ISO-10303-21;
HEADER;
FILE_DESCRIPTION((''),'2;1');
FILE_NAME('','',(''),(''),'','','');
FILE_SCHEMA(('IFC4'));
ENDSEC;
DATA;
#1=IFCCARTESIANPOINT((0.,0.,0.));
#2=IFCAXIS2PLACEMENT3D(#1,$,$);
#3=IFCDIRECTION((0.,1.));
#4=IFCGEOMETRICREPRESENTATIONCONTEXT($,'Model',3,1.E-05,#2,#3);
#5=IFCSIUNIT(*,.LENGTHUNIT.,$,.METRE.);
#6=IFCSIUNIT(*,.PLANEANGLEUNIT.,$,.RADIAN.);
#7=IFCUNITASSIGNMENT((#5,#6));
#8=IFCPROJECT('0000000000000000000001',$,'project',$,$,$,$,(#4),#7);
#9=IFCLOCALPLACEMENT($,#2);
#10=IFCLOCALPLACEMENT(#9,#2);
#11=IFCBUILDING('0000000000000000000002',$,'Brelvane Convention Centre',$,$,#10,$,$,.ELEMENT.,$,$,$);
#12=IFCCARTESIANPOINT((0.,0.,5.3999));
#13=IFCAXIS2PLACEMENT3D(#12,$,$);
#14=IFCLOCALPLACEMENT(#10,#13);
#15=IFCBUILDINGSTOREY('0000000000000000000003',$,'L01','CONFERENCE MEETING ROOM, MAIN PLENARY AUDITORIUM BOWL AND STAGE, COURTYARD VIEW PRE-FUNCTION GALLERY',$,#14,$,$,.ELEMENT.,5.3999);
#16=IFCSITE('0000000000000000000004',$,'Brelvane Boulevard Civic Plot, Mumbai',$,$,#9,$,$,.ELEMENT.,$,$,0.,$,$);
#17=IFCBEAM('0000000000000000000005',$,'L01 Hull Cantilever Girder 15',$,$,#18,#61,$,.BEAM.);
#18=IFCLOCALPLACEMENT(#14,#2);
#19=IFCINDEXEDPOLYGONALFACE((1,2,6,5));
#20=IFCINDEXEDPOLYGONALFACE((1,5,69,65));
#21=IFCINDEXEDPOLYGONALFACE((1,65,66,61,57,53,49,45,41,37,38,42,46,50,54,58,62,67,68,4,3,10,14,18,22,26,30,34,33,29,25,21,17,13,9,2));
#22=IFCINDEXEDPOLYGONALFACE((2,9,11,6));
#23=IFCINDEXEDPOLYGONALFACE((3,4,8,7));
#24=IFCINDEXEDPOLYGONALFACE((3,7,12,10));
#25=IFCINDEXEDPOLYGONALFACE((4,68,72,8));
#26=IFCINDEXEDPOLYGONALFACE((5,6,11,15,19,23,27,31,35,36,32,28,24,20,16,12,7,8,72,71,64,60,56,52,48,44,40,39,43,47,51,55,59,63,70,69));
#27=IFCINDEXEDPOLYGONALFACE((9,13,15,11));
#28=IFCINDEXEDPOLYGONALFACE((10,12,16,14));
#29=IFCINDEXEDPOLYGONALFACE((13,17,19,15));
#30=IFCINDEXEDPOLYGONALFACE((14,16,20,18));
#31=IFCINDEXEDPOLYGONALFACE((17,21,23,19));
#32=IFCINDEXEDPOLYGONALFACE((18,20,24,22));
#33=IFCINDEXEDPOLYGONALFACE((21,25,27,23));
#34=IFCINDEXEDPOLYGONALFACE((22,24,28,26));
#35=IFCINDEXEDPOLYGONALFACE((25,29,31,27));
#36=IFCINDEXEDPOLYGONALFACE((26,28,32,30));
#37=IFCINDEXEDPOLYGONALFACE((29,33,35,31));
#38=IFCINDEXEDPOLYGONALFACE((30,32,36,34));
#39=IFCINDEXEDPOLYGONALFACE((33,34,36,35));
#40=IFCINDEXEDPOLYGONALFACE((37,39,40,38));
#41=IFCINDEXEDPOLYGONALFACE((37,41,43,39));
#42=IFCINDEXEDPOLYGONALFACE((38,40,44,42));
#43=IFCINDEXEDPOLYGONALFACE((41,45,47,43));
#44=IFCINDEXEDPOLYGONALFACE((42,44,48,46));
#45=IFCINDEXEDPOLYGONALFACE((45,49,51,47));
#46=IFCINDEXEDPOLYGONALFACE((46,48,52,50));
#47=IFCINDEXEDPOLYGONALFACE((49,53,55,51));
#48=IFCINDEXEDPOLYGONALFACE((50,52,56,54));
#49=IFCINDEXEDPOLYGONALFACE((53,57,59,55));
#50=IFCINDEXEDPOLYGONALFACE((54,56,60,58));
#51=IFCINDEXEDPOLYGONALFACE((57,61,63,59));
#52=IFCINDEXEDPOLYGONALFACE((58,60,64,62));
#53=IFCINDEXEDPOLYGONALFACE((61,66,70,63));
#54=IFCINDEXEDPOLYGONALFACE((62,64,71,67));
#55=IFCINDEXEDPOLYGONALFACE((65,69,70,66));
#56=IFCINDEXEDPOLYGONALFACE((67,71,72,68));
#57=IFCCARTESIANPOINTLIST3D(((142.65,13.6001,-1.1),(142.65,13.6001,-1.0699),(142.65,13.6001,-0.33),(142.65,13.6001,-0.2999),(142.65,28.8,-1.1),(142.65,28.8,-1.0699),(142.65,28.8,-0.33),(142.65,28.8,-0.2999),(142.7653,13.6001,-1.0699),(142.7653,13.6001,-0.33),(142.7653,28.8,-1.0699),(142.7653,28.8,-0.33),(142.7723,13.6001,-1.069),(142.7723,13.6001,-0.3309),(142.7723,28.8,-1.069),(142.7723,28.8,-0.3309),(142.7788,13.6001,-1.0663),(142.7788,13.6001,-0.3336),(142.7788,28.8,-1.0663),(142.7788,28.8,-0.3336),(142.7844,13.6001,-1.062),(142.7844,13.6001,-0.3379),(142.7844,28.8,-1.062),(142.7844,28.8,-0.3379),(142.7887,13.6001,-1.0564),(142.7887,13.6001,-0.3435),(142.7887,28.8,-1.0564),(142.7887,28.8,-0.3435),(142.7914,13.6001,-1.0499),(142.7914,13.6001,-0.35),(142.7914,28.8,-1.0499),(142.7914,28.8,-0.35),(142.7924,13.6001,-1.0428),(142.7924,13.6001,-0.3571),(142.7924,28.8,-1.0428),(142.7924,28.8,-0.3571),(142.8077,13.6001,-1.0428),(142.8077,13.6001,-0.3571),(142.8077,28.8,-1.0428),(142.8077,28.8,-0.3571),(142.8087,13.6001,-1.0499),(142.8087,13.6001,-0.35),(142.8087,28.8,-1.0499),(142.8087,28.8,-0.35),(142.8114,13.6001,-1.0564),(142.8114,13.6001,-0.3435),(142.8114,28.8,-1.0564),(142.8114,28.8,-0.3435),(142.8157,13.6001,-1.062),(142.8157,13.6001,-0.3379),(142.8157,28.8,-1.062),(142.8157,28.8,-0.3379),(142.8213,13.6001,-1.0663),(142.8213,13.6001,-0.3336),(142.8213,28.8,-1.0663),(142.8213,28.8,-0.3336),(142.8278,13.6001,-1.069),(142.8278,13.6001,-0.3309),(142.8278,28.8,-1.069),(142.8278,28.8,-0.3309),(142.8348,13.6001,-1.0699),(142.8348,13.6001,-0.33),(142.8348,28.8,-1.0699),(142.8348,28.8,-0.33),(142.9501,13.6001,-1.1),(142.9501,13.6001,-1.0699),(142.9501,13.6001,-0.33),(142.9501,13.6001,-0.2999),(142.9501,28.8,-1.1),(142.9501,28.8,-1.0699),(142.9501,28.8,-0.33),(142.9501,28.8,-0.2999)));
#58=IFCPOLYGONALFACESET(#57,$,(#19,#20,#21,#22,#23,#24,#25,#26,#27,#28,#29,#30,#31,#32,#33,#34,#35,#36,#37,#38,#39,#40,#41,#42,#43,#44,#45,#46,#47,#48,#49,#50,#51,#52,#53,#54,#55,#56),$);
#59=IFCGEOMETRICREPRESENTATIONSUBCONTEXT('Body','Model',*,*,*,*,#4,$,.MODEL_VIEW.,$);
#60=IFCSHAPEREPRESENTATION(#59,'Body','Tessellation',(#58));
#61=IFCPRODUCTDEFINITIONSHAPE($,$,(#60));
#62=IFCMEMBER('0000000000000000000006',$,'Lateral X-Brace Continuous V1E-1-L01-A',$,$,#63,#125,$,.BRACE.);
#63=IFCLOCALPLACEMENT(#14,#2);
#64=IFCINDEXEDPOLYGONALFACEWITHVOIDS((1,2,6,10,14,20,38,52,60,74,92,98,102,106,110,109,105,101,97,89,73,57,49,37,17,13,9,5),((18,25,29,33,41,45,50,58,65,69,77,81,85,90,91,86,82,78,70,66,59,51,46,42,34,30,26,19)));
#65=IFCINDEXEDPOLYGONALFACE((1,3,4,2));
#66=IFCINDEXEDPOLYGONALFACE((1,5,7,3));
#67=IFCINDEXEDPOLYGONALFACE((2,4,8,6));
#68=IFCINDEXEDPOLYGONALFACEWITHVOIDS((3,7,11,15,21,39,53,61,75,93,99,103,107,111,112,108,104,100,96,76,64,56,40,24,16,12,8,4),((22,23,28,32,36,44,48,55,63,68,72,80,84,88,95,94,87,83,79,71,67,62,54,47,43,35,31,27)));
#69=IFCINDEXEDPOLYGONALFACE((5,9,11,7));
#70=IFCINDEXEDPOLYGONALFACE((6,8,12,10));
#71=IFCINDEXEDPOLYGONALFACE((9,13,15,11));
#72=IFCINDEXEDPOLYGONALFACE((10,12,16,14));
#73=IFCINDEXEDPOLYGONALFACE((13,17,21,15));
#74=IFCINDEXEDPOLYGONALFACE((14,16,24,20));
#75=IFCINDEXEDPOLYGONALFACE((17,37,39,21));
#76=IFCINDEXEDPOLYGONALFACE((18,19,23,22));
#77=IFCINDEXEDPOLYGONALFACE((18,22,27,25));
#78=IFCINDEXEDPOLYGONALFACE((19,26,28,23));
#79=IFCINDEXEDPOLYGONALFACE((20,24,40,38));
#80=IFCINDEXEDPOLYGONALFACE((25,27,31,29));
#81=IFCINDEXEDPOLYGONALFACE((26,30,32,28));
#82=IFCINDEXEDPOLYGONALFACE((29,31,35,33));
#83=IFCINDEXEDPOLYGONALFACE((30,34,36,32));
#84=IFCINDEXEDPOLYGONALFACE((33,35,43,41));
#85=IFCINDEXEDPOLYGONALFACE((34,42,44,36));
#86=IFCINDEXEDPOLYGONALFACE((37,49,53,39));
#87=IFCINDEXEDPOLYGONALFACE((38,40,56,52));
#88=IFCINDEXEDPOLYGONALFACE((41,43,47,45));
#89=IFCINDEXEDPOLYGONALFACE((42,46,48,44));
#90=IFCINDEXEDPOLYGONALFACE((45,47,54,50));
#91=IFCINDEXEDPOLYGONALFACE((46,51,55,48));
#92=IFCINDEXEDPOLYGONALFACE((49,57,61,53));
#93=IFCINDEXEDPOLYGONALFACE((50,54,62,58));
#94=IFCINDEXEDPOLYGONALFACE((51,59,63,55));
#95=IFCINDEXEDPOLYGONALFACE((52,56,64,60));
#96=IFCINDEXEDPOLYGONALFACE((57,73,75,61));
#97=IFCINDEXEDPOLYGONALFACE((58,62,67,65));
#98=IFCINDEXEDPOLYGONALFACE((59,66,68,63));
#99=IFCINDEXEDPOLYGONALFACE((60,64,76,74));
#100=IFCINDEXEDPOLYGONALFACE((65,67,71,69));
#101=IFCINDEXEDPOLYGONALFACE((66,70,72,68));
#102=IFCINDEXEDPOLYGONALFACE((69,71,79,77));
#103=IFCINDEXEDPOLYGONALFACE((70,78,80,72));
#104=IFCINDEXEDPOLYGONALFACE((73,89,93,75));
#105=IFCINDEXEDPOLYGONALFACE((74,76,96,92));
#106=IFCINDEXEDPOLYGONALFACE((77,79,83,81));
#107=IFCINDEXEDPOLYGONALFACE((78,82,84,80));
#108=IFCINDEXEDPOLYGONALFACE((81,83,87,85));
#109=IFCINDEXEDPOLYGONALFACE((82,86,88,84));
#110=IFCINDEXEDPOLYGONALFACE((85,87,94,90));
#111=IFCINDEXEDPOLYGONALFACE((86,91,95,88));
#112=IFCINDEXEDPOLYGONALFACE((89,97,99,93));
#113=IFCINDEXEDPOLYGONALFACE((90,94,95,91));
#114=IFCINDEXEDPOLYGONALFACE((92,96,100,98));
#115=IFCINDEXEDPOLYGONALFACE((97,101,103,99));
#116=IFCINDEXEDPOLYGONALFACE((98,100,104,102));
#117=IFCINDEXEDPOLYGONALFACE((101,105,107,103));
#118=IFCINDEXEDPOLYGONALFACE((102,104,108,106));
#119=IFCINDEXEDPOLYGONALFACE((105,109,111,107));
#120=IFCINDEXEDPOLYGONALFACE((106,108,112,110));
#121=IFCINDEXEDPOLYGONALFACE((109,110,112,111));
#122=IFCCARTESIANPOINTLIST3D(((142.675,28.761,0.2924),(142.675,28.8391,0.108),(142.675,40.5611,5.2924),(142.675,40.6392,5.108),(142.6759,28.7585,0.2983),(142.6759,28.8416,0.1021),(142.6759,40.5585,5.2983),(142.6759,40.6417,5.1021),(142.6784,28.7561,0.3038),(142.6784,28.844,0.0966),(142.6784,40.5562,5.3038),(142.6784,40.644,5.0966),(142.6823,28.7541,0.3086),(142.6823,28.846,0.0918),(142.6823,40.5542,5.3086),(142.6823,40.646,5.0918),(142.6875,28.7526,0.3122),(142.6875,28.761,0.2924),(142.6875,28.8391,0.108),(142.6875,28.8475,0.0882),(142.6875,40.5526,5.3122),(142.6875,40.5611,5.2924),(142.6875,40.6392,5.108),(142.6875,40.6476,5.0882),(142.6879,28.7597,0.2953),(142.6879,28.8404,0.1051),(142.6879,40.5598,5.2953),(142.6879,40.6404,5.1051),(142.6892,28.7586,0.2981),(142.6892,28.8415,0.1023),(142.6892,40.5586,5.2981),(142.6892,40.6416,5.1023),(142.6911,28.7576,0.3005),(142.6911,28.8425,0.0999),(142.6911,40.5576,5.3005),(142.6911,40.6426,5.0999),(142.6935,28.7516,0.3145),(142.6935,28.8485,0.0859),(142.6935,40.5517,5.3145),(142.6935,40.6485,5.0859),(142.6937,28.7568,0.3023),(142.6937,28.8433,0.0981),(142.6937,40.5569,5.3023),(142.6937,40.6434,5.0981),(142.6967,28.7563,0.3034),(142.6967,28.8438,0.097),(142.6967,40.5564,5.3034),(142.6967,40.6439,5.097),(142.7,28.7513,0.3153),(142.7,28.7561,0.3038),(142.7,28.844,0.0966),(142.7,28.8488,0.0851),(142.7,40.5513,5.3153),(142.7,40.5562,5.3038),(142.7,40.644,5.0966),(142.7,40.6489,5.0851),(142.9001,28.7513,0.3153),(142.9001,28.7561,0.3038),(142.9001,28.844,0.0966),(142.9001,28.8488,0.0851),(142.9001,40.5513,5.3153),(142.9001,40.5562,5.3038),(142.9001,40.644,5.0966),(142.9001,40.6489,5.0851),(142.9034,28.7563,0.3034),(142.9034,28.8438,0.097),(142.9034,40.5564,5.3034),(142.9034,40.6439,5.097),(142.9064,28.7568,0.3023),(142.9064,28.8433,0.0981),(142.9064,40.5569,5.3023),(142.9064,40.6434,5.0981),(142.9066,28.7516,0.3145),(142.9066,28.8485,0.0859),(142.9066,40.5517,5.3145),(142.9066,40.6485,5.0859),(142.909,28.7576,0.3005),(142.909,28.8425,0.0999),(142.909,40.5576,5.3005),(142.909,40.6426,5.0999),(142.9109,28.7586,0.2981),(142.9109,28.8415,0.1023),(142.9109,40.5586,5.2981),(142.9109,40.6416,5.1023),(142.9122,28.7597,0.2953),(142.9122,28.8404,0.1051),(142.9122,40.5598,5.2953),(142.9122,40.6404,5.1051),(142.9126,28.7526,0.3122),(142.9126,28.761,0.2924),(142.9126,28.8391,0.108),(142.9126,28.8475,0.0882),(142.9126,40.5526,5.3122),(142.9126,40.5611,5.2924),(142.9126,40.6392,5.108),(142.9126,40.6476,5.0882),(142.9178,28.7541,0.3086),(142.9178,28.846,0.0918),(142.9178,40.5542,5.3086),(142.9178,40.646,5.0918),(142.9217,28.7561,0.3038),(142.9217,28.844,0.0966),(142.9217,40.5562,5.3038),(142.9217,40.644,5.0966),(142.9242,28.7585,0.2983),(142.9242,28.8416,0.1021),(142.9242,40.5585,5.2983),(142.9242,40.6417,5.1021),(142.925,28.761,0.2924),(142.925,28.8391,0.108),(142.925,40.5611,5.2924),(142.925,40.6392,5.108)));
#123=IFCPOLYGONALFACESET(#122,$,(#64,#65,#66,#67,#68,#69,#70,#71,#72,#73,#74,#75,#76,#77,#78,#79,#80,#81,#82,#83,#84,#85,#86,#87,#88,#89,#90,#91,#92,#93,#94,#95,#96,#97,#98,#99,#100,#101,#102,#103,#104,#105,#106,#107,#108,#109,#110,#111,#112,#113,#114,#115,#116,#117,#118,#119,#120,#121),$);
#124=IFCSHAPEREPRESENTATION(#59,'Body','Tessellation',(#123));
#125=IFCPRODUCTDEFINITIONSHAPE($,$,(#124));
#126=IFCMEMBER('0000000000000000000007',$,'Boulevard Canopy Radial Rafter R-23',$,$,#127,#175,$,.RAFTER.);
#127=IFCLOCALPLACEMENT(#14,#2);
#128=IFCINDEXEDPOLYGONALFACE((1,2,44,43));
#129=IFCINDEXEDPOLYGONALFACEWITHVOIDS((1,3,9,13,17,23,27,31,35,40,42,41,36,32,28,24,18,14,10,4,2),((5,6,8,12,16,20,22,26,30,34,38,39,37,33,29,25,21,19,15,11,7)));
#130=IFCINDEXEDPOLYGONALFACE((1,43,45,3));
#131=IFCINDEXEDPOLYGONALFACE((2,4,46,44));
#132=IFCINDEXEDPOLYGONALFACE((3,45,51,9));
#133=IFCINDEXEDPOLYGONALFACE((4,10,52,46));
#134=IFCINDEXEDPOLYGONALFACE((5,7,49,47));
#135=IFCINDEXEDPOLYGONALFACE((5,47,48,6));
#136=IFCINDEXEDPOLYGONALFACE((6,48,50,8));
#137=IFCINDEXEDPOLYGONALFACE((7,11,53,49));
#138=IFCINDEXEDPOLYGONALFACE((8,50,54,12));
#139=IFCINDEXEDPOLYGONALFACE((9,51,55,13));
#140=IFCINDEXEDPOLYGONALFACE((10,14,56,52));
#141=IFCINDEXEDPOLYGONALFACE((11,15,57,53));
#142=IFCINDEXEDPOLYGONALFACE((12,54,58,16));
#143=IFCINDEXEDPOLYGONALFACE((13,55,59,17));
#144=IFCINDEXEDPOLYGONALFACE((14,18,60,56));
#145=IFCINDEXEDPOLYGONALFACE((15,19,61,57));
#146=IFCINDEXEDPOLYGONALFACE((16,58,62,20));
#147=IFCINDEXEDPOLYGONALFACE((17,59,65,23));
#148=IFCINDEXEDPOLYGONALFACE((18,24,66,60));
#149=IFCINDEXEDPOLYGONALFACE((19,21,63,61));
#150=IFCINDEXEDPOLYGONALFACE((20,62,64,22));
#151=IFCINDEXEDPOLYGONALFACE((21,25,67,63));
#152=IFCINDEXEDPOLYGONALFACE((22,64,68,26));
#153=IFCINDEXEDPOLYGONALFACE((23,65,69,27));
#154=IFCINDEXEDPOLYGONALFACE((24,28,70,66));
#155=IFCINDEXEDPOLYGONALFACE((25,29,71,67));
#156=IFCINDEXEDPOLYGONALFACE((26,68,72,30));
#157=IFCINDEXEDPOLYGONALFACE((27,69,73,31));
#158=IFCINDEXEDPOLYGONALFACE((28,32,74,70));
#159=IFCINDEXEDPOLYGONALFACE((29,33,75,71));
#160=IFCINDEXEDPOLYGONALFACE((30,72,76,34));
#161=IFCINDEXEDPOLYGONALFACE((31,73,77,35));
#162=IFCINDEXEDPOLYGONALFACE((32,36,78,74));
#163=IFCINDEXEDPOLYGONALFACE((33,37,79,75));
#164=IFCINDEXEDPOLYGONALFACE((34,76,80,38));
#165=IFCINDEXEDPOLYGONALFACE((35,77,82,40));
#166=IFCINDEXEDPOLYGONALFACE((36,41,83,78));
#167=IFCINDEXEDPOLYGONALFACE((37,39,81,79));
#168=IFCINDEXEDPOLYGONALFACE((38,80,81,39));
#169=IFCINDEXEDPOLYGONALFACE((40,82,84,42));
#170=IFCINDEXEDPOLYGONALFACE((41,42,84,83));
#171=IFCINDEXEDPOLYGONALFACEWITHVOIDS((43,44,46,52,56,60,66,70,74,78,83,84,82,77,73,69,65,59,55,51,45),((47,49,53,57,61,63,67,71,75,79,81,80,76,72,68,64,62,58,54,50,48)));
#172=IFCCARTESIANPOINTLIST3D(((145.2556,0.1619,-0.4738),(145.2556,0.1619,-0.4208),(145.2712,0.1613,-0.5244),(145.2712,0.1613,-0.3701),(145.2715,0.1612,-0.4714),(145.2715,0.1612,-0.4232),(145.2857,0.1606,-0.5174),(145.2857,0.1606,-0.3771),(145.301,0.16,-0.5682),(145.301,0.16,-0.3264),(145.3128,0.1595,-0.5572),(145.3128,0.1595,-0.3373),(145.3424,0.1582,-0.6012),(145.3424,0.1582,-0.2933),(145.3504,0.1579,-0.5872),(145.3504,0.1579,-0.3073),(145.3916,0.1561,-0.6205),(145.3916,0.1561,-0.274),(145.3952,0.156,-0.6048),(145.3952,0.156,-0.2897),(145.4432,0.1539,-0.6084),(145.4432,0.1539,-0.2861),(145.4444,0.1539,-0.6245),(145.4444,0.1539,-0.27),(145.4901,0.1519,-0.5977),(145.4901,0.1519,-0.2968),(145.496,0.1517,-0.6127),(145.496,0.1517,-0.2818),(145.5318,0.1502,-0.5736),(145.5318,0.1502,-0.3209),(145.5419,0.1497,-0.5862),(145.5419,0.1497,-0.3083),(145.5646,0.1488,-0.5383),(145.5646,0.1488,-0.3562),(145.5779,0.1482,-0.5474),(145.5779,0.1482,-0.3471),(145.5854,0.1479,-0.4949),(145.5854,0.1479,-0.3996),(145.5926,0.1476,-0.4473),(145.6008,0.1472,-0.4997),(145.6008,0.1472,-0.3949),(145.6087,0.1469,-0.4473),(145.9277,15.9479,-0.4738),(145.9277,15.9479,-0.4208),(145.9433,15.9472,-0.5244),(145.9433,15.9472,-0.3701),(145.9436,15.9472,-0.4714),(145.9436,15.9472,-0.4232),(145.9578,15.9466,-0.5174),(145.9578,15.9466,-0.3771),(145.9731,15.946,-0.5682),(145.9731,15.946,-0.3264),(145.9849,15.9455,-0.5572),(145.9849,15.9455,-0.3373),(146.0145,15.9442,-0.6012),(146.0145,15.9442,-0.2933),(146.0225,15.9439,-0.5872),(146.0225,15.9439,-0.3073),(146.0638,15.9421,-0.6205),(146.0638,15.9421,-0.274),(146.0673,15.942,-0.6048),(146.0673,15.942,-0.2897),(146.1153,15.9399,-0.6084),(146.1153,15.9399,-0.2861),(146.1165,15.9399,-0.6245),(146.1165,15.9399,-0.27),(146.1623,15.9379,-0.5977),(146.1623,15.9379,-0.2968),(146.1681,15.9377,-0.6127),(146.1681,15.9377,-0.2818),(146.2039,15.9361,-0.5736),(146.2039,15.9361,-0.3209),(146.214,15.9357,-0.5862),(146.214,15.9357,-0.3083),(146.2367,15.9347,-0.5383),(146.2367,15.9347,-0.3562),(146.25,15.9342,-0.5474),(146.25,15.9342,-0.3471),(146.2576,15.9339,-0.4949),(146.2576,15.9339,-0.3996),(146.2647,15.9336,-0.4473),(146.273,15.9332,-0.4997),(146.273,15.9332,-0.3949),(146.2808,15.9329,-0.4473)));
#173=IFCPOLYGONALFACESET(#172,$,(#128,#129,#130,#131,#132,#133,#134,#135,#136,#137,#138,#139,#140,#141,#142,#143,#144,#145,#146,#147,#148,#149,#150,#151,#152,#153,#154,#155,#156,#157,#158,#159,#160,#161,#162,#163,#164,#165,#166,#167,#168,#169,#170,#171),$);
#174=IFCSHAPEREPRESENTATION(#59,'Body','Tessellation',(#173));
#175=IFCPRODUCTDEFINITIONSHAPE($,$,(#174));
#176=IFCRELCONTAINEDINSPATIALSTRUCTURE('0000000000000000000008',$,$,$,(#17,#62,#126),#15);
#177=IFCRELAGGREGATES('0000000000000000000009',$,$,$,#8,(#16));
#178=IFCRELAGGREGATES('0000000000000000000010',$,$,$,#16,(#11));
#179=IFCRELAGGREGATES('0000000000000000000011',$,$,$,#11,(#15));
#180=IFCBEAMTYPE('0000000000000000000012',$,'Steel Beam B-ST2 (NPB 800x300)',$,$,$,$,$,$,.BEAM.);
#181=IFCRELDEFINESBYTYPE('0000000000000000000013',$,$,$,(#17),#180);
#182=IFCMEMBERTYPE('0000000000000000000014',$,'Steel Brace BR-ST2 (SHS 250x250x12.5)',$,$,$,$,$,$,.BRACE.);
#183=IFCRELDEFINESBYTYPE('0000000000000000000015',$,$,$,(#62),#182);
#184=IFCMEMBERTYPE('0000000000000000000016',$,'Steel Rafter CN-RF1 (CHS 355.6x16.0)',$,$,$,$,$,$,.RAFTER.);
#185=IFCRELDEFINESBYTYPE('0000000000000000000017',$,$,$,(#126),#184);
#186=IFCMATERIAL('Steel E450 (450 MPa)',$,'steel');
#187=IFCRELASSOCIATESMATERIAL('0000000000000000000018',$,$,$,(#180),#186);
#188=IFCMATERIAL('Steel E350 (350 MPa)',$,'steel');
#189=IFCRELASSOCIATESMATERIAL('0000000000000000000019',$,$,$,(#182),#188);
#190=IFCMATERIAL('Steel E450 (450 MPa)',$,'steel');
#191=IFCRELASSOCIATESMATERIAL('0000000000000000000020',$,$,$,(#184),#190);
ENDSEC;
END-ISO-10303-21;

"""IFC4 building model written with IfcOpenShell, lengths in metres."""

from ifc_helpers import new_model, si_unit, direction, frame, origin, origin_2d, place, context, subcontext, project, spatial, hollow_rectangle, hollow_circle, i_section, extrude, material, material_profile, profile_set, type_object, element, save


model = new_model("IFC4")

# Units and contexts
model_context = context("Model", 3, precision=1e-05, world=origin(), true_north=direction((0.0, 1.0)))
body_context = subcontext(model_context, "Body", "Model", "MODEL_VIEW")
ifc_project = project(units=[si_unit("LENGTHUNIT", "METRE"), si_unit("PLANEANGLEUNIT", "RADIAN")], contexts=[model_context])

# Site, building, storey
site_placement = place(None, origin())
site = spatial("IfcSite", under=ifc_project, at=site_placement, Name="Brelvane Boulevard Civic Plot, Mumbai", CompositionType="ELEMENT", RefElevation=0.0)
building_placement = place(site_placement, origin())
building = spatial("IfcBuilding", under=site, at=building_placement, Name="Brelvane Convention Centre", CompositionType="ELEMENT")
storey_placement = place(building_placement, frame((0.0, 0.0, 5.3999)))
storey = spatial("IfcBuildingStorey", under=building, at=storey_placement, Name="L01", Description="CONFERENCE MEETING ROOM, MAIN PLENARY AUDITORIUM BOWL AND STAGE, COURTYARD VIEW PRE-FUNCTION GALLERY", CompositionType="ELEMENT", Elevation=5.3999)

# Beam
ifc_material_1 = material(Name="Steel E450 (450 MPa)", Category="steel")
ifc_material_profile_1 = material_profile(ifc_material_1, i_section(OverallWidth=0.3, OverallDepth=0.8, WebThickness=0.0154, FlangeThickness=0.03, FilletRadius=0.0271, at=origin_2d()), Name="NPB 800x300")
ifc_profile_set_1 = profile_set([ifc_material_profile_1], Name="Steel E450 (450 MPa)")
beam_type_1 = type_object("IfcBeamType", Name="Steel Beam B-ST2 (NPB 800x300)", PredefinedType="BEAM", material=ifc_profile_set_1)
beam_1_placement = place(storey_placement, frame((142.8, 13.6001, -0.7), z_axis=(0.0, 1.0, 0.0), x_axis=(-1.0, 0.0, 0.0)))
element("IfcBeam", 1, at=beam_1_placement, inside=storey, type_object=beam_type_1, Name="L01 Hull Cantilever Girder 15", PredefinedType="BEAM", context=body_context, shape_type="SweptSolid", body=[
    extrude(i_section(OverallWidth=0.3, OverallDepth=0.8, WebThickness=0.0154, FlangeThickness=0.03, FilletRadius=0.0271, at=origin_2d()), origin(), (0.0, 0.0, 1.0), 15.2),
])

# Members
ifc_material_2 = material(Name="Steel E350 (350 MPa)", Category="steel")
ifc_material_profile_2 = material_profile(ifc_material_2, hollow_rectangle(XDim=0.25, YDim=0.25, WallThickness=0.0125, InnerFilletRadius=0.0125, OuterFilletRadius=0.0249, at=origin_2d()), Name="SHS 250x250x12.5")
ifc_profile_set_2 = profile_set([ifc_material_profile_2], Name="Steel E350 (350 MPa)")
member_type_1 = type_object("IfcMemberType", Name="Steel Brace BR-ST2 (SHS 250x250x12.5)", PredefinedType="BRACE", material=ifc_profile_set_2)
member_1_placement = place(storey_placement, frame((142.8, 28.8, 0.2002), z_axis=(0.0, 0.920752, 0.390148), x_axis=(-1.0, 0.0, 0.0)))
element("IfcMember", 2, at=member_1_placement, inside=storey, type_object=member_type_1, Name="Lateral X-Brace Continuous V1E-1-L01-A", PredefinedType="BRACE", context=body_context, shape_type="SweptSolid", body=[
    extrude(hollow_rectangle(XDim=0.25, YDim=0.25, WallThickness=0.0125, InnerFilletRadius=0.0125, OuterFilletRadius=0.0249, at=origin_2d()), origin(), (0.0, 0.0, 1.0), 12.8157),
])
ifc_material_3 = material(Name="Steel E450 (450 MPa)", Category="steel")
ifc_material_profile_3 = material_profile(ifc_material_3, hollow_circle(Radius=0.1777, WallThickness=0.0161, at=origin_2d()), Name="CHS 355.6x16.0")
ifc_profile_set_3 = profile_set([ifc_material_profile_3], Name="Steel E450 (450 MPa)")
member_type_2 = type_object("IfcMemberType", Name="Steel Rafter CN-RF1 (CHS 355.6x16.0)", PredefinedType="RAFTER", material=ifc_profile_set_3)
member_2_placement = place(storey_placement, frame((146.1033, 15.9404, -0.4473), z_axis=(-0.042539, -0.999095, 0.0), x_axis=(0.999095, -0.042539, 0.0)))
element("IfcMember", 3, at=member_2_placement, inside=storey, type_object=member_type_2, Name="Boulevard Canopy Radial Rafter R-23", PredefinedType="RAFTER", context=body_context, shape_type="SweptSolid", body=[
    extrude(hollow_circle(Radius=0.1777, WallThickness=0.0161, at=origin_2d()), origin(), (0.0, 0.0, 1.0), 15.8003),
])

save(model, "model.ifc")
